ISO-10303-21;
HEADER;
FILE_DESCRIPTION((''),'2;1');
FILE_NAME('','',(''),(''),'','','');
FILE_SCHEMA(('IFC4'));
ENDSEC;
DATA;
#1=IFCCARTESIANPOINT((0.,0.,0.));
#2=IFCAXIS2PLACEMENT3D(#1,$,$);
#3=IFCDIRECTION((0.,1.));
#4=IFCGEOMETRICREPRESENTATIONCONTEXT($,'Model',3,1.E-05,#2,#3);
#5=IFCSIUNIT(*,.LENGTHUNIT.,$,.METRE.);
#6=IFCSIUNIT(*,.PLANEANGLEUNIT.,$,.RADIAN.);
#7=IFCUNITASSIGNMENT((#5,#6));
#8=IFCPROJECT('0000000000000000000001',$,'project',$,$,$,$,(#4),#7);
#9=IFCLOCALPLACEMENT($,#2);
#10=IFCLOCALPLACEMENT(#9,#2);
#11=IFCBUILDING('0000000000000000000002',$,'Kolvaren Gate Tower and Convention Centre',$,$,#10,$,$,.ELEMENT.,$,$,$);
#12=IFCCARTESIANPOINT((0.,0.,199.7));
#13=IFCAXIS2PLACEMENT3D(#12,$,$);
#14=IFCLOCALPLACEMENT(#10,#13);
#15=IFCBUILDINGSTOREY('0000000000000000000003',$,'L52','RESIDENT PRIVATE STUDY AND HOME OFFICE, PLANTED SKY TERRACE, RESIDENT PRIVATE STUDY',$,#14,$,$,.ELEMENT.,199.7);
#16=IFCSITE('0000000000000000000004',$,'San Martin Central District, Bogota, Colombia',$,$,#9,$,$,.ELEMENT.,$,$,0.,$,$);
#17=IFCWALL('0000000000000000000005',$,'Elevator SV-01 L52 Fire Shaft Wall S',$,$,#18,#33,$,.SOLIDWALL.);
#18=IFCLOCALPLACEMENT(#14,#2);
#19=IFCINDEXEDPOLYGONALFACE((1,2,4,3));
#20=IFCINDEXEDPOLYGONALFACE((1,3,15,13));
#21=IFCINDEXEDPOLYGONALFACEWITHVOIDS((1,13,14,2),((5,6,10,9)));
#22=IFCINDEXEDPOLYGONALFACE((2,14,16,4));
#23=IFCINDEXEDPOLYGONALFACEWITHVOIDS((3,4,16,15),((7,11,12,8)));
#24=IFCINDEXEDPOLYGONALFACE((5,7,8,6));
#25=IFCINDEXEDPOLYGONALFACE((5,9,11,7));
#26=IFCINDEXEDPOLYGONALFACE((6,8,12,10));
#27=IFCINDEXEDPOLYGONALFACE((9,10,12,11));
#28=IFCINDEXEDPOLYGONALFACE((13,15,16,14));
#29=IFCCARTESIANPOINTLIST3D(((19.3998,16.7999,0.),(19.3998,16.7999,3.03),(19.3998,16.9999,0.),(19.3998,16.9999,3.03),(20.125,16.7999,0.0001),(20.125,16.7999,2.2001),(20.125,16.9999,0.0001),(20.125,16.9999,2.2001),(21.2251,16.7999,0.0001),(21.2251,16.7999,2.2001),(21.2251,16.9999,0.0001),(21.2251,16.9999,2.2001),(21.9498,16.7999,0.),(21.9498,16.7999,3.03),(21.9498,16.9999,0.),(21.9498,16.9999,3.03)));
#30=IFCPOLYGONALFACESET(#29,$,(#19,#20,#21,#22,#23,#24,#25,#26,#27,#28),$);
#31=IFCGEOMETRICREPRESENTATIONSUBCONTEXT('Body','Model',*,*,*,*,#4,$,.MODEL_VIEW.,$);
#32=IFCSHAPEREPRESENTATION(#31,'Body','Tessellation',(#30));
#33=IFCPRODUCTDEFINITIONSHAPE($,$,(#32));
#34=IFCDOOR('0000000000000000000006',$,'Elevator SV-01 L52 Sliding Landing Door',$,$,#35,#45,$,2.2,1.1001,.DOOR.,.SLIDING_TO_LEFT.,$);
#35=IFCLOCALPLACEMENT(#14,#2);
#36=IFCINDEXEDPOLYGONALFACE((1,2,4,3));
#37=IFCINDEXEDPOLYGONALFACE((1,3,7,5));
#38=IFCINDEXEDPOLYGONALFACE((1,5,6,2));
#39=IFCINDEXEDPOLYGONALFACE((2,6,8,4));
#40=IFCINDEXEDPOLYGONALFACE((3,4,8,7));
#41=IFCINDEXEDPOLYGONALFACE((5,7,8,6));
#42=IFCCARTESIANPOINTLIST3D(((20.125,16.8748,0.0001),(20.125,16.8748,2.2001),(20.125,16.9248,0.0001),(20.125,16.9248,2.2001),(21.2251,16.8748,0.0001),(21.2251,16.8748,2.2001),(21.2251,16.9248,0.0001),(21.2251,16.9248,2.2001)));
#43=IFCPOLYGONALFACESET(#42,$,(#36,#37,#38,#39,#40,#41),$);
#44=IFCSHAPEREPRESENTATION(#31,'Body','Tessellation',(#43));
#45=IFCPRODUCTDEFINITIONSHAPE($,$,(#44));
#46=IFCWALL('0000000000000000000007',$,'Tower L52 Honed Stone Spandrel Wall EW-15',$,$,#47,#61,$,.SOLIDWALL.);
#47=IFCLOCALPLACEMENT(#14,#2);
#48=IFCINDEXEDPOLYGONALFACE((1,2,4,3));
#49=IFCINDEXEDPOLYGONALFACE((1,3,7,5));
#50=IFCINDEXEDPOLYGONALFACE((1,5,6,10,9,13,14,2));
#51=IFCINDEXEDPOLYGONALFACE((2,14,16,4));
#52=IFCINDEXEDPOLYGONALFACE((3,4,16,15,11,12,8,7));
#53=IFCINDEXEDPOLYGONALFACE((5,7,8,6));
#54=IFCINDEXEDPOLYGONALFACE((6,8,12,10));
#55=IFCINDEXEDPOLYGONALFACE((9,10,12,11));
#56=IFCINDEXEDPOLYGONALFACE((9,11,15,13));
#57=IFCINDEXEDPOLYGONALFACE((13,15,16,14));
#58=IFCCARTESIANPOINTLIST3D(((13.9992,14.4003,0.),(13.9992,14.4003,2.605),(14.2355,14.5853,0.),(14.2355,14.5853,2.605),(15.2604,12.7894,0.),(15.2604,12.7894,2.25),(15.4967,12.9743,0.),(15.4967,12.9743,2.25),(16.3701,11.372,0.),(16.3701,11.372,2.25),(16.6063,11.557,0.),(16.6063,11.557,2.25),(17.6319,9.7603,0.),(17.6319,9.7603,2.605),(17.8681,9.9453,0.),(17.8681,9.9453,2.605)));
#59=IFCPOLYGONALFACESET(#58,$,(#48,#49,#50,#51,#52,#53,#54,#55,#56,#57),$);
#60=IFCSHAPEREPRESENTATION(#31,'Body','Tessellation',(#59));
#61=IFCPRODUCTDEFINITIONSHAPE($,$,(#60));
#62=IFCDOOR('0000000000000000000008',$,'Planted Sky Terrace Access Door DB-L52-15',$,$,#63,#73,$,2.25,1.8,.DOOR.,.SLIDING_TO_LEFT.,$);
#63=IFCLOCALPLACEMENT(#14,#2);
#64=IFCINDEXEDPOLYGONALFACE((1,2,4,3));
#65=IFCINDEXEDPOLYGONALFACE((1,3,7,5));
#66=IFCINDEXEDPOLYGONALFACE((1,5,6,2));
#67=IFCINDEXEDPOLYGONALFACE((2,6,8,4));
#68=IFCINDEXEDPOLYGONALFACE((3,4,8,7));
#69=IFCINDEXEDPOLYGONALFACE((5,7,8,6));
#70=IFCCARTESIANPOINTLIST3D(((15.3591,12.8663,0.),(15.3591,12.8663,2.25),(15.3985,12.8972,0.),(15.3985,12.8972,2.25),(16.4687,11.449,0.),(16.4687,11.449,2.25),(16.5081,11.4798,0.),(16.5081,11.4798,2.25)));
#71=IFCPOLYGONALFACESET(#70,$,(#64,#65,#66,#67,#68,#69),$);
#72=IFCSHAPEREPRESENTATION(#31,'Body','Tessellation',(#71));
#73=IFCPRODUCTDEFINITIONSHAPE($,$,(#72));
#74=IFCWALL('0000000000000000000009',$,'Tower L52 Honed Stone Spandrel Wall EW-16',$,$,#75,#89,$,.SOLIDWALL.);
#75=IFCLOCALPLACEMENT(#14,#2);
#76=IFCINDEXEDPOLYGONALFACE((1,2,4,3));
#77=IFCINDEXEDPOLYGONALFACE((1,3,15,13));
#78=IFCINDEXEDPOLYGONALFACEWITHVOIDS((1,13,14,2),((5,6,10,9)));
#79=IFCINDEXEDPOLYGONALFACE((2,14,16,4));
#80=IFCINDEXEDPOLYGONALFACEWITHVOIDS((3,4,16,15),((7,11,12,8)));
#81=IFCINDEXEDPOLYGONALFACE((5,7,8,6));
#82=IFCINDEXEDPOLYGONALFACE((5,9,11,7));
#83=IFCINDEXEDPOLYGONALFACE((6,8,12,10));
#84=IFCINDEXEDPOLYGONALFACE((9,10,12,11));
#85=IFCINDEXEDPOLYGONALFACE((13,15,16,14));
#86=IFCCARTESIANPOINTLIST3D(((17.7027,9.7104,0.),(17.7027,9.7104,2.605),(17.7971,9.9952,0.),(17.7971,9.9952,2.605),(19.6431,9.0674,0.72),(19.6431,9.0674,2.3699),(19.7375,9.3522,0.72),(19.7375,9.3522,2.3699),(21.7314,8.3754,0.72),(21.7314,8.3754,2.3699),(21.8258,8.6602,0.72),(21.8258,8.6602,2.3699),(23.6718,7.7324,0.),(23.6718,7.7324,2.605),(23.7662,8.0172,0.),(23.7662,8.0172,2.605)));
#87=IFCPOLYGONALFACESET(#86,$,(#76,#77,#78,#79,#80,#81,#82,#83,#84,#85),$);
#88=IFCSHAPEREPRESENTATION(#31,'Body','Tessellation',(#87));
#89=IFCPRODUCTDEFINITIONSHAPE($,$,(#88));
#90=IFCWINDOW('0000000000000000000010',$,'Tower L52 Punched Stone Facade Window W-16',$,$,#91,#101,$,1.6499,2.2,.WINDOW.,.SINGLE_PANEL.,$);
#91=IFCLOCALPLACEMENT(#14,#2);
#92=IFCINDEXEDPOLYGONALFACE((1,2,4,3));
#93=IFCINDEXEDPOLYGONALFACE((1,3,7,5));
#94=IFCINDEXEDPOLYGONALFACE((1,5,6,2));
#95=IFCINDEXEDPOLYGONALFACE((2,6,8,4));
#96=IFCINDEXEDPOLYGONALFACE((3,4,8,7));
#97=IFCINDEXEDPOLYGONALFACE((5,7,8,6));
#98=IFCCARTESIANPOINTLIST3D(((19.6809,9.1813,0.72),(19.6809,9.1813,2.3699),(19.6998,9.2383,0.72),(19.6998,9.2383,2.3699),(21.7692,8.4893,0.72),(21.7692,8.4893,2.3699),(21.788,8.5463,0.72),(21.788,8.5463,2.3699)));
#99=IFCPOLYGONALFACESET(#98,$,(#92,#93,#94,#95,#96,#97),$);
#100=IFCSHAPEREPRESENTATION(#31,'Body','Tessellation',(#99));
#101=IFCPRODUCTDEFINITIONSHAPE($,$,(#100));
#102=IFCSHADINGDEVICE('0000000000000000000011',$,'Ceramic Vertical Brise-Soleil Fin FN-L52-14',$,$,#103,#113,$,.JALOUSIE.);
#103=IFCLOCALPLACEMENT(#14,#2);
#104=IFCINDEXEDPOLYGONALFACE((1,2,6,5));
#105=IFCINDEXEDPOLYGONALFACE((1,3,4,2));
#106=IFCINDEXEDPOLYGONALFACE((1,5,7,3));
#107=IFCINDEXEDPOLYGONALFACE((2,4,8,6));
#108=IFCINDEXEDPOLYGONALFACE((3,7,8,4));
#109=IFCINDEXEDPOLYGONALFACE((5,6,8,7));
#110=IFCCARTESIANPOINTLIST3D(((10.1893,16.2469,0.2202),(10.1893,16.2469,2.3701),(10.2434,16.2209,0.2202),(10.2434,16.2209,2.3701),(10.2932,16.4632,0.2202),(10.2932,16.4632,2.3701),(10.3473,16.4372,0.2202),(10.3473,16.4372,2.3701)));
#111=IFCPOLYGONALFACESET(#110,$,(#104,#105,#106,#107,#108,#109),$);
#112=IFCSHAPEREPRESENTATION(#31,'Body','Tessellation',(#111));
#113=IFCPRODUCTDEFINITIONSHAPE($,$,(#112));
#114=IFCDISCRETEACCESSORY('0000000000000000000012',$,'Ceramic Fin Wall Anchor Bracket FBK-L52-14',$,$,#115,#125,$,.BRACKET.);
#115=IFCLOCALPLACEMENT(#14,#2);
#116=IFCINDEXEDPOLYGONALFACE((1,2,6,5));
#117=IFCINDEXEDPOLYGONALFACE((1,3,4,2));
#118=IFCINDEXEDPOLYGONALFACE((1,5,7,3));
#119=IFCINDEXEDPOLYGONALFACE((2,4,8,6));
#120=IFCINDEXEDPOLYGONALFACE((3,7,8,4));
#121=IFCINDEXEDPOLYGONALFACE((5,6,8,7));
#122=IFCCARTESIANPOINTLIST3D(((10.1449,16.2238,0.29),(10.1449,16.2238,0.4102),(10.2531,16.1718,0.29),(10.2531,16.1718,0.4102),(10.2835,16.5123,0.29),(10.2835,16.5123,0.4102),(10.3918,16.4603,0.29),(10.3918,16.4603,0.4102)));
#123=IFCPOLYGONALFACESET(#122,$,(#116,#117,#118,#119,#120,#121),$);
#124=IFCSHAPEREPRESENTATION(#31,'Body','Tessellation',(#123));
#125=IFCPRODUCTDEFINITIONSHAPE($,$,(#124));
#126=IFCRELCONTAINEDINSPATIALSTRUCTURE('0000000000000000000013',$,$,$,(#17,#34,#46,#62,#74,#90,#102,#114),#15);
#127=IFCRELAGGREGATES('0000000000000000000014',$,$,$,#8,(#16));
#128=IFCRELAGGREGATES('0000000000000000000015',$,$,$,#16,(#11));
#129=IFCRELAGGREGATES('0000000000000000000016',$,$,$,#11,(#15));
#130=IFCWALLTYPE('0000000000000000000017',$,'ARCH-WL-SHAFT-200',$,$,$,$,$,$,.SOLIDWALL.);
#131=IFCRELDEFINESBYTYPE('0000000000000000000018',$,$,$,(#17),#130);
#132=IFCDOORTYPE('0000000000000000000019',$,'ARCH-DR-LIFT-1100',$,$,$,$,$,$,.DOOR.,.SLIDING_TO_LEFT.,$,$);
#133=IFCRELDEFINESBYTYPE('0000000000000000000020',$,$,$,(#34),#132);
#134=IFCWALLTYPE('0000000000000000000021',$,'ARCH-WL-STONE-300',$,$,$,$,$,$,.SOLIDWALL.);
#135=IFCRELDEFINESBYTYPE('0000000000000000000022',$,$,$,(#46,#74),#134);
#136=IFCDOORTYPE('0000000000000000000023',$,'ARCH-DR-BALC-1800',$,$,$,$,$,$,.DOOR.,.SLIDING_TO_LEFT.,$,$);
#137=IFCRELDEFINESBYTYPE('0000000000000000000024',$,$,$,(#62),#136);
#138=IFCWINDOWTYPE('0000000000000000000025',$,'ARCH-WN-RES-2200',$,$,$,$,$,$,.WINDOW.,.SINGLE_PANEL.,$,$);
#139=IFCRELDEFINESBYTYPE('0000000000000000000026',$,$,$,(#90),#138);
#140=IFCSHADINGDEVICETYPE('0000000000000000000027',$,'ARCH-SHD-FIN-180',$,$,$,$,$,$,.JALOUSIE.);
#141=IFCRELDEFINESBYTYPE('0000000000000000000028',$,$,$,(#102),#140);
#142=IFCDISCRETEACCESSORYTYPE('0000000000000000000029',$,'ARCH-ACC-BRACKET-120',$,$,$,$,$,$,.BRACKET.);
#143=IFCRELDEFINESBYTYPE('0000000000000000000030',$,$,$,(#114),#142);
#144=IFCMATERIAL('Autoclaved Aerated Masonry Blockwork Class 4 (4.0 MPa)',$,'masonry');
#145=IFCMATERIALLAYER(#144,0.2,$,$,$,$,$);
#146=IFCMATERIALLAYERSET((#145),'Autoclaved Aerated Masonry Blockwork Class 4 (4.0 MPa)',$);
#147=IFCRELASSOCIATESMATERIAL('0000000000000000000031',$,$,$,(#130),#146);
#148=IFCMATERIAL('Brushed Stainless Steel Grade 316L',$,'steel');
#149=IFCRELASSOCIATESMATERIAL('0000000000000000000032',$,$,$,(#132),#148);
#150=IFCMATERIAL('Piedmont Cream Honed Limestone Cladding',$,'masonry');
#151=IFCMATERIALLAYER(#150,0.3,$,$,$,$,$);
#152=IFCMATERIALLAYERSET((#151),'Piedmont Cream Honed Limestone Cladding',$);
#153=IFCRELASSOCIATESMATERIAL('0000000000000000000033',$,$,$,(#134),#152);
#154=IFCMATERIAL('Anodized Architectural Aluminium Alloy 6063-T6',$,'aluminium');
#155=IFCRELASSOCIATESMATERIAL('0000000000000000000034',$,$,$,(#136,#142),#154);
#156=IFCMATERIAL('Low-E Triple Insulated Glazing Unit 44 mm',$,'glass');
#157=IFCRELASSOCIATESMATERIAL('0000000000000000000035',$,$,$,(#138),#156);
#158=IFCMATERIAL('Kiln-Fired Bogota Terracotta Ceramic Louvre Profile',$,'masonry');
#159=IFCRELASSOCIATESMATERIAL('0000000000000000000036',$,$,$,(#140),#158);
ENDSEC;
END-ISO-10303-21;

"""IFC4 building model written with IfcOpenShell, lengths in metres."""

from ifc_helpers import new_model, si_unit, direction, frame, frame_2d, origin, origin_2d, place, context, subcontext, project, spatial, rectangle, extrude, material, layer, layer_set, type_object, element, fill, save


model = new_model("IFC4")

# Units and contexts
model_context = context("Model", 3, precision=1e-05, world=origin(), true_north=direction((0.0, 1.0)))
body_context = subcontext(model_context, "Body", "Model", "MODEL_VIEW")
ifc_project = project(units=[si_unit("LENGTHUNIT", "METRE"), si_unit("PLANEANGLEUNIT", "RADIAN")], contexts=[model_context])

# Site, building, storey
site_placement = place(None, origin())
site = spatial("IfcSite", under=ifc_project, at=site_placement, Name="San Martin Central District, Bogota, Colombia", CompositionType="ELEMENT", RefElevation=0.0)
building_placement = place(site_placement, origin())
building = spatial("IfcBuilding", under=site, at=building_placement, Name="Kolvaren Gate Tower and Convention Centre", CompositionType="ELEMENT")
storey_placement = place(building_placement, frame((0.0, 0.0, 199.7)))
storey = spatial("IfcBuildingStorey", under=building, at=storey_placement, Name="L52", Description="RESIDENT PRIVATE STUDY AND HOME OFFICE, PLANTED SKY TERRACE, RESIDENT PRIVATE STUDY", CompositionType="ELEMENT", Elevation=199.7)

# Shared definitions
ifc_material_1 = material(Name="Piedmont Cream Honed Limestone Cladding", Category="masonry")

# Walls, openings, doors
ifc_material_2 = material(Name="Autoclaved Aerated Masonry Blockwork Class 4 (4.0 MPa)", Category="masonry")
ifc_layer_1 = layer(ifc_material_2, 0.2)
ifc_layer_set_1 = layer_set([ifc_layer_1], Name="Autoclaved Aerated Masonry Blockwork Class 4 (4.0 MPa)")
wall_type_1 = type_object("IfcWallType", Name="ARCH-WL-SHAFT-200", PredefinedType="SOLIDWALL", material=ifc_layer_set_1)
wall_1_placement = place(storey_placement, frame((19.3999, 16.8999, 0.0), z_axis=(0.0, 0.0, 1.0), x_axis=(1.0, 0.0, 0.0)))
wall_1 = element("IfcWall", 1, at=wall_1_placement, inside=storey, type_object=wall_type_1, Name="Elevator SV-01 L52 Fire Shaft Wall S", PredefinedType="SOLIDWALL", context=body_context, shape_type="SweptSolid", body=[
    extrude(rectangle(XDim=2.55, YDim=0.2, at=frame_2d((1.2749, 0.0))), origin(), (0.0, 0.0, 1.0), 3.03),
])
opening_1_placement = place(wall_1_placement, frame((0.7251, 0.0, 0.0)))
opening_1 = element("IfcOpeningElement", 2, at=opening_1_placement, cuts=wall_1, PredefinedType="OPENING", context=body_context, shape_type="SweptSolid", body=[
    extrude(rectangle(XDim=1.1001, YDim=2.2, at=frame_2d((0.55, 1.1001))), frame((0.0, 0.1099, 0.0), z_axis=(0.0, -1.0, 0.0), x_axis=(1.0, 0.0, 0.0)), (0.0, 0.0, 1.0), 0.22),
])
ifc_material_3 = material(Name="Brushed Stainless Steel Grade 316L", Category="steel")
door_type_1 = type_object("IfcDoorType", Name="ARCH-DR-LIFT-1100", OperationType="SLIDING_TO_LEFT", PredefinedType="DOOR", material=ifc_material_3)
door_1_placement = place(opening_1_placement, origin())
door_1 = element("IfcDoor", 3, at=door_1_placement, inside=storey, type_object=door_type_1, Name="Elevator SV-01 L52 Sliding Landing Door", OperationType="SLIDING_TO_LEFT", OverallHeight=2.2, OverallWidth=1.1001, PredefinedType="DOOR", context=body_context, shape_type="SweptSolid", body=[
    extrude(rectangle(XDim=1.1001, YDim=2.2, at=frame_2d((0.55, 1.1001))), frame((0.0, 0.0249, 0.0), z_axis=(0.0, -1.0, 0.0), x_axis=(1.0, 0.0, 0.0)), (0.0, 0.0, 1.0), 0.05),
])
fill(opening_1, door_1)
ifc_layer_2 = layer(ifc_material_1, 0.3)
ifc_layer_set_2 = layer_set([ifc_layer_2], Name="Piedmont Cream Honed Limestone Cladding")
wall_type_2 = type_object("IfcWallType", Name="ARCH-WL-STONE-300", PredefinedType="SOLIDWALL", material=ifc_layer_set_2)
wall_2_placement = place(storey_placement, frame((14.1174, 14.4927, 0.0), z_axis=(0.0, 0.0, 1.0), x_axis=(0.61645, -0.787394, 0.0)))
wall_2 = element("IfcWall", 4, at=wall_2_placement, inside=storey, type_object=wall_type_2, Name="Tower L52 Honed Stone Spandrel Wall EW-15", PredefinedType="SOLIDWALL", context=body_context, shape_type="SweptSolid", body=[
    extrude(rectangle(XDim=5.8928, YDim=0.3, at=frame_2d((2.9463, 0.0))), origin(), (0.0, 0.0, 1.0), 2.605),
])
opening_2_placement = place(wall_2_placement, frame((2.0459, 0.0, 0.0)))
opening_2 = element("IfcOpeningElement", 5, at=opening_2_placement, cuts=wall_2, PredefinedType="OPENING", context=body_context, shape_type="SweptSolid", body=[
    extrude(rectangle(XDim=1.8, YDim=2.25, at=frame_2d((0.8999, 1.125))), frame((0.0, 0.1599, 0.0), z_axis=(0.0, -1.0, 0.0), x_axis=(1.0, 0.0, 0.0)), (0.0, 0.0, 1.0), 0.3201),
])
ifc_material_4 = material(Name="Anodized Architectural Aluminium Alloy 6063-T6", Category="aluminium")
door_type_2 = type_object("IfcDoorType", Name="ARCH-DR-BALC-1800", OperationType="SLIDING_TO_LEFT", PredefinedType="DOOR", material=ifc_material_4)
door_2_placement = place(opening_2_placement, frame((1.8, 0.0, 0.0), z_axis=(0.0, 0.0, 1.0), x_axis=(-1.0, 0.0, 0.0)))
door_2 = element("IfcDoor", 6, at=door_2_placement, inside=storey, type_object=door_type_2, Name="Planted Sky Terrace Access Door DB-L52-15", OperationType="SLIDING_TO_LEFT", OverallHeight=2.25, OverallWidth=1.8, PredefinedType="DOOR", context=body_context, shape_type="SweptSolid", body=[
    extrude(rectangle(XDim=1.8, YDim=2.25, at=frame_2d((0.8999, 1.125))), frame((0.0, 0.0249, 0.0), z_axis=(0.0, -1.0, 0.0), x_axis=(1.0, 0.0, 0.0)), (0.0, 0.0, 1.0), 0.05),
])
fill(opening_2, door_2)

# Wall, opening, window
wall_3_placement = place(storey_placement, frame((17.75, 9.8528, 0.0), z_axis=(0.0, 0.0, 1.0), x_axis=(0.949241, -0.31455, 0.0)))
wall_3 = element("IfcWall", 7, at=wall_3_placement, inside=storey, type_object=wall_type_2, Name="Tower L52 Honed Stone Spandrel Wall EW-16", PredefinedType="SOLIDWALL", context=body_context, shape_type="SweptSolid", body=[
    extrude(rectangle(XDim=6.2883, YDim=0.3, at=frame_2d((3.144, 0.0))), origin(), (0.0, 0.0, 1.0), 2.605),
])
opening_3_placement = place(wall_3_placement, frame((2.0439, 0.0, 0.72)))
opening_3 = element("IfcOpeningElement", 8, at=opening_3_placement, cuts=wall_3, PredefinedType="OPENING", context=body_context, shape_type="SweptSolid", body=[
    extrude(rectangle(XDim=2.2, YDim=1.6499, at=frame_2d((1.1001, 0.825))), frame((0.0, 0.1599, 0.0), z_axis=(0.0, -1.0, 0.0), x_axis=(1.0, 0.0, 0.0)), (0.0, 0.0, 1.0), 0.3201),
])
ifc_material_5 = material(Name="Low-E Triple Insulated Glazing Unit 44 mm", Category="glass")
window_type = type_object("IfcWindowType", Name="ARCH-WN-RES-2200", PartitioningType="SINGLE_PANEL", PredefinedType="WINDOW", material=ifc_material_5)
window_placement = place(opening_3_placement, origin())
window = element("IfcWindow", 9, at=window_placement, inside=storey, type_object=window_type, Name="Tower L52 Punched Stone Facade Window W-16", OverallHeight=1.6499, OverallWidth=2.2, PartitioningType="SINGLE_PANEL", PredefinedType="WINDOW", context=body_context, shape_type="SweptSolid", body=[
    extrude(rectangle(XDim=2.2, YDim=1.6499, at=frame_2d((1.1001, 0.825))), frame((0.0, 0.03, 0.0), z_axis=(0.0, -1.0, 0.0), x_axis=(1.0, 0.0, 0.0)), (0.0, 0.0, 1.0), 0.0601),
])
fill(opening_3, window)

# Shading device
ifc_material_6 = material(Name="Kiln-Fired Bogota Terracotta Ceramic Louvre Profile", Category="masonry")
shading_device_type = type_object("IfcShadingDeviceType", Name="ARCH-SHD-FIN-180", PredefinedType="JALOUSIE", material=ifc_material_6)
shading_device_placement = place(storey_placement, frame((10.2683, 16.342, 0.2202), z_axis=(0.0, 0.0, 1.0), x_axis=(0.901359, -0.433072, 0.0)))
element("IfcShadingDevice", 10, at=shading_device_placement, inside=storey, type_object=shading_device_type, Name="Ceramic Vertical Brise-Soleil Fin FN-L52-14", PredefinedType="JALOUSIE", context=body_context, shape_type="SweptSolid", body=[
    extrude(rectangle(XDim=0.0601, YDim=0.24, at=origin_2d()), origin(), (0.0, 0.0, 1.0), 2.1499),
])

# Discrete accessory
discrete_accessory_type = type_object("IfcDiscreteAccessoryType", Name="ARCH-ACC-BRACKET-120", PredefinedType="BRACKET", material=ifc_material_4)
discrete_accessory_placement = place(storey_placement, frame((10.2683, 16.342, 0.29), z_axis=(0.0, 0.0, 1.0), x_axis=(0.901359, -0.433072, 0.0)))
element("IfcDiscreteAccessory", 11, at=discrete_accessory_placement, inside=storey, type_object=discrete_accessory_type, Name="Ceramic Fin Wall Anchor Bracket FBK-L52-14", PredefinedType="BRACKET", context=body_context, shape_type="SweptSolid", body=[
    extrude(rectangle(XDim=0.1201, YDim=0.3201, at=origin_2d()), origin(), (0.0, 0.0, 1.0), 0.1201),
])

save(model, "model.ifc")
